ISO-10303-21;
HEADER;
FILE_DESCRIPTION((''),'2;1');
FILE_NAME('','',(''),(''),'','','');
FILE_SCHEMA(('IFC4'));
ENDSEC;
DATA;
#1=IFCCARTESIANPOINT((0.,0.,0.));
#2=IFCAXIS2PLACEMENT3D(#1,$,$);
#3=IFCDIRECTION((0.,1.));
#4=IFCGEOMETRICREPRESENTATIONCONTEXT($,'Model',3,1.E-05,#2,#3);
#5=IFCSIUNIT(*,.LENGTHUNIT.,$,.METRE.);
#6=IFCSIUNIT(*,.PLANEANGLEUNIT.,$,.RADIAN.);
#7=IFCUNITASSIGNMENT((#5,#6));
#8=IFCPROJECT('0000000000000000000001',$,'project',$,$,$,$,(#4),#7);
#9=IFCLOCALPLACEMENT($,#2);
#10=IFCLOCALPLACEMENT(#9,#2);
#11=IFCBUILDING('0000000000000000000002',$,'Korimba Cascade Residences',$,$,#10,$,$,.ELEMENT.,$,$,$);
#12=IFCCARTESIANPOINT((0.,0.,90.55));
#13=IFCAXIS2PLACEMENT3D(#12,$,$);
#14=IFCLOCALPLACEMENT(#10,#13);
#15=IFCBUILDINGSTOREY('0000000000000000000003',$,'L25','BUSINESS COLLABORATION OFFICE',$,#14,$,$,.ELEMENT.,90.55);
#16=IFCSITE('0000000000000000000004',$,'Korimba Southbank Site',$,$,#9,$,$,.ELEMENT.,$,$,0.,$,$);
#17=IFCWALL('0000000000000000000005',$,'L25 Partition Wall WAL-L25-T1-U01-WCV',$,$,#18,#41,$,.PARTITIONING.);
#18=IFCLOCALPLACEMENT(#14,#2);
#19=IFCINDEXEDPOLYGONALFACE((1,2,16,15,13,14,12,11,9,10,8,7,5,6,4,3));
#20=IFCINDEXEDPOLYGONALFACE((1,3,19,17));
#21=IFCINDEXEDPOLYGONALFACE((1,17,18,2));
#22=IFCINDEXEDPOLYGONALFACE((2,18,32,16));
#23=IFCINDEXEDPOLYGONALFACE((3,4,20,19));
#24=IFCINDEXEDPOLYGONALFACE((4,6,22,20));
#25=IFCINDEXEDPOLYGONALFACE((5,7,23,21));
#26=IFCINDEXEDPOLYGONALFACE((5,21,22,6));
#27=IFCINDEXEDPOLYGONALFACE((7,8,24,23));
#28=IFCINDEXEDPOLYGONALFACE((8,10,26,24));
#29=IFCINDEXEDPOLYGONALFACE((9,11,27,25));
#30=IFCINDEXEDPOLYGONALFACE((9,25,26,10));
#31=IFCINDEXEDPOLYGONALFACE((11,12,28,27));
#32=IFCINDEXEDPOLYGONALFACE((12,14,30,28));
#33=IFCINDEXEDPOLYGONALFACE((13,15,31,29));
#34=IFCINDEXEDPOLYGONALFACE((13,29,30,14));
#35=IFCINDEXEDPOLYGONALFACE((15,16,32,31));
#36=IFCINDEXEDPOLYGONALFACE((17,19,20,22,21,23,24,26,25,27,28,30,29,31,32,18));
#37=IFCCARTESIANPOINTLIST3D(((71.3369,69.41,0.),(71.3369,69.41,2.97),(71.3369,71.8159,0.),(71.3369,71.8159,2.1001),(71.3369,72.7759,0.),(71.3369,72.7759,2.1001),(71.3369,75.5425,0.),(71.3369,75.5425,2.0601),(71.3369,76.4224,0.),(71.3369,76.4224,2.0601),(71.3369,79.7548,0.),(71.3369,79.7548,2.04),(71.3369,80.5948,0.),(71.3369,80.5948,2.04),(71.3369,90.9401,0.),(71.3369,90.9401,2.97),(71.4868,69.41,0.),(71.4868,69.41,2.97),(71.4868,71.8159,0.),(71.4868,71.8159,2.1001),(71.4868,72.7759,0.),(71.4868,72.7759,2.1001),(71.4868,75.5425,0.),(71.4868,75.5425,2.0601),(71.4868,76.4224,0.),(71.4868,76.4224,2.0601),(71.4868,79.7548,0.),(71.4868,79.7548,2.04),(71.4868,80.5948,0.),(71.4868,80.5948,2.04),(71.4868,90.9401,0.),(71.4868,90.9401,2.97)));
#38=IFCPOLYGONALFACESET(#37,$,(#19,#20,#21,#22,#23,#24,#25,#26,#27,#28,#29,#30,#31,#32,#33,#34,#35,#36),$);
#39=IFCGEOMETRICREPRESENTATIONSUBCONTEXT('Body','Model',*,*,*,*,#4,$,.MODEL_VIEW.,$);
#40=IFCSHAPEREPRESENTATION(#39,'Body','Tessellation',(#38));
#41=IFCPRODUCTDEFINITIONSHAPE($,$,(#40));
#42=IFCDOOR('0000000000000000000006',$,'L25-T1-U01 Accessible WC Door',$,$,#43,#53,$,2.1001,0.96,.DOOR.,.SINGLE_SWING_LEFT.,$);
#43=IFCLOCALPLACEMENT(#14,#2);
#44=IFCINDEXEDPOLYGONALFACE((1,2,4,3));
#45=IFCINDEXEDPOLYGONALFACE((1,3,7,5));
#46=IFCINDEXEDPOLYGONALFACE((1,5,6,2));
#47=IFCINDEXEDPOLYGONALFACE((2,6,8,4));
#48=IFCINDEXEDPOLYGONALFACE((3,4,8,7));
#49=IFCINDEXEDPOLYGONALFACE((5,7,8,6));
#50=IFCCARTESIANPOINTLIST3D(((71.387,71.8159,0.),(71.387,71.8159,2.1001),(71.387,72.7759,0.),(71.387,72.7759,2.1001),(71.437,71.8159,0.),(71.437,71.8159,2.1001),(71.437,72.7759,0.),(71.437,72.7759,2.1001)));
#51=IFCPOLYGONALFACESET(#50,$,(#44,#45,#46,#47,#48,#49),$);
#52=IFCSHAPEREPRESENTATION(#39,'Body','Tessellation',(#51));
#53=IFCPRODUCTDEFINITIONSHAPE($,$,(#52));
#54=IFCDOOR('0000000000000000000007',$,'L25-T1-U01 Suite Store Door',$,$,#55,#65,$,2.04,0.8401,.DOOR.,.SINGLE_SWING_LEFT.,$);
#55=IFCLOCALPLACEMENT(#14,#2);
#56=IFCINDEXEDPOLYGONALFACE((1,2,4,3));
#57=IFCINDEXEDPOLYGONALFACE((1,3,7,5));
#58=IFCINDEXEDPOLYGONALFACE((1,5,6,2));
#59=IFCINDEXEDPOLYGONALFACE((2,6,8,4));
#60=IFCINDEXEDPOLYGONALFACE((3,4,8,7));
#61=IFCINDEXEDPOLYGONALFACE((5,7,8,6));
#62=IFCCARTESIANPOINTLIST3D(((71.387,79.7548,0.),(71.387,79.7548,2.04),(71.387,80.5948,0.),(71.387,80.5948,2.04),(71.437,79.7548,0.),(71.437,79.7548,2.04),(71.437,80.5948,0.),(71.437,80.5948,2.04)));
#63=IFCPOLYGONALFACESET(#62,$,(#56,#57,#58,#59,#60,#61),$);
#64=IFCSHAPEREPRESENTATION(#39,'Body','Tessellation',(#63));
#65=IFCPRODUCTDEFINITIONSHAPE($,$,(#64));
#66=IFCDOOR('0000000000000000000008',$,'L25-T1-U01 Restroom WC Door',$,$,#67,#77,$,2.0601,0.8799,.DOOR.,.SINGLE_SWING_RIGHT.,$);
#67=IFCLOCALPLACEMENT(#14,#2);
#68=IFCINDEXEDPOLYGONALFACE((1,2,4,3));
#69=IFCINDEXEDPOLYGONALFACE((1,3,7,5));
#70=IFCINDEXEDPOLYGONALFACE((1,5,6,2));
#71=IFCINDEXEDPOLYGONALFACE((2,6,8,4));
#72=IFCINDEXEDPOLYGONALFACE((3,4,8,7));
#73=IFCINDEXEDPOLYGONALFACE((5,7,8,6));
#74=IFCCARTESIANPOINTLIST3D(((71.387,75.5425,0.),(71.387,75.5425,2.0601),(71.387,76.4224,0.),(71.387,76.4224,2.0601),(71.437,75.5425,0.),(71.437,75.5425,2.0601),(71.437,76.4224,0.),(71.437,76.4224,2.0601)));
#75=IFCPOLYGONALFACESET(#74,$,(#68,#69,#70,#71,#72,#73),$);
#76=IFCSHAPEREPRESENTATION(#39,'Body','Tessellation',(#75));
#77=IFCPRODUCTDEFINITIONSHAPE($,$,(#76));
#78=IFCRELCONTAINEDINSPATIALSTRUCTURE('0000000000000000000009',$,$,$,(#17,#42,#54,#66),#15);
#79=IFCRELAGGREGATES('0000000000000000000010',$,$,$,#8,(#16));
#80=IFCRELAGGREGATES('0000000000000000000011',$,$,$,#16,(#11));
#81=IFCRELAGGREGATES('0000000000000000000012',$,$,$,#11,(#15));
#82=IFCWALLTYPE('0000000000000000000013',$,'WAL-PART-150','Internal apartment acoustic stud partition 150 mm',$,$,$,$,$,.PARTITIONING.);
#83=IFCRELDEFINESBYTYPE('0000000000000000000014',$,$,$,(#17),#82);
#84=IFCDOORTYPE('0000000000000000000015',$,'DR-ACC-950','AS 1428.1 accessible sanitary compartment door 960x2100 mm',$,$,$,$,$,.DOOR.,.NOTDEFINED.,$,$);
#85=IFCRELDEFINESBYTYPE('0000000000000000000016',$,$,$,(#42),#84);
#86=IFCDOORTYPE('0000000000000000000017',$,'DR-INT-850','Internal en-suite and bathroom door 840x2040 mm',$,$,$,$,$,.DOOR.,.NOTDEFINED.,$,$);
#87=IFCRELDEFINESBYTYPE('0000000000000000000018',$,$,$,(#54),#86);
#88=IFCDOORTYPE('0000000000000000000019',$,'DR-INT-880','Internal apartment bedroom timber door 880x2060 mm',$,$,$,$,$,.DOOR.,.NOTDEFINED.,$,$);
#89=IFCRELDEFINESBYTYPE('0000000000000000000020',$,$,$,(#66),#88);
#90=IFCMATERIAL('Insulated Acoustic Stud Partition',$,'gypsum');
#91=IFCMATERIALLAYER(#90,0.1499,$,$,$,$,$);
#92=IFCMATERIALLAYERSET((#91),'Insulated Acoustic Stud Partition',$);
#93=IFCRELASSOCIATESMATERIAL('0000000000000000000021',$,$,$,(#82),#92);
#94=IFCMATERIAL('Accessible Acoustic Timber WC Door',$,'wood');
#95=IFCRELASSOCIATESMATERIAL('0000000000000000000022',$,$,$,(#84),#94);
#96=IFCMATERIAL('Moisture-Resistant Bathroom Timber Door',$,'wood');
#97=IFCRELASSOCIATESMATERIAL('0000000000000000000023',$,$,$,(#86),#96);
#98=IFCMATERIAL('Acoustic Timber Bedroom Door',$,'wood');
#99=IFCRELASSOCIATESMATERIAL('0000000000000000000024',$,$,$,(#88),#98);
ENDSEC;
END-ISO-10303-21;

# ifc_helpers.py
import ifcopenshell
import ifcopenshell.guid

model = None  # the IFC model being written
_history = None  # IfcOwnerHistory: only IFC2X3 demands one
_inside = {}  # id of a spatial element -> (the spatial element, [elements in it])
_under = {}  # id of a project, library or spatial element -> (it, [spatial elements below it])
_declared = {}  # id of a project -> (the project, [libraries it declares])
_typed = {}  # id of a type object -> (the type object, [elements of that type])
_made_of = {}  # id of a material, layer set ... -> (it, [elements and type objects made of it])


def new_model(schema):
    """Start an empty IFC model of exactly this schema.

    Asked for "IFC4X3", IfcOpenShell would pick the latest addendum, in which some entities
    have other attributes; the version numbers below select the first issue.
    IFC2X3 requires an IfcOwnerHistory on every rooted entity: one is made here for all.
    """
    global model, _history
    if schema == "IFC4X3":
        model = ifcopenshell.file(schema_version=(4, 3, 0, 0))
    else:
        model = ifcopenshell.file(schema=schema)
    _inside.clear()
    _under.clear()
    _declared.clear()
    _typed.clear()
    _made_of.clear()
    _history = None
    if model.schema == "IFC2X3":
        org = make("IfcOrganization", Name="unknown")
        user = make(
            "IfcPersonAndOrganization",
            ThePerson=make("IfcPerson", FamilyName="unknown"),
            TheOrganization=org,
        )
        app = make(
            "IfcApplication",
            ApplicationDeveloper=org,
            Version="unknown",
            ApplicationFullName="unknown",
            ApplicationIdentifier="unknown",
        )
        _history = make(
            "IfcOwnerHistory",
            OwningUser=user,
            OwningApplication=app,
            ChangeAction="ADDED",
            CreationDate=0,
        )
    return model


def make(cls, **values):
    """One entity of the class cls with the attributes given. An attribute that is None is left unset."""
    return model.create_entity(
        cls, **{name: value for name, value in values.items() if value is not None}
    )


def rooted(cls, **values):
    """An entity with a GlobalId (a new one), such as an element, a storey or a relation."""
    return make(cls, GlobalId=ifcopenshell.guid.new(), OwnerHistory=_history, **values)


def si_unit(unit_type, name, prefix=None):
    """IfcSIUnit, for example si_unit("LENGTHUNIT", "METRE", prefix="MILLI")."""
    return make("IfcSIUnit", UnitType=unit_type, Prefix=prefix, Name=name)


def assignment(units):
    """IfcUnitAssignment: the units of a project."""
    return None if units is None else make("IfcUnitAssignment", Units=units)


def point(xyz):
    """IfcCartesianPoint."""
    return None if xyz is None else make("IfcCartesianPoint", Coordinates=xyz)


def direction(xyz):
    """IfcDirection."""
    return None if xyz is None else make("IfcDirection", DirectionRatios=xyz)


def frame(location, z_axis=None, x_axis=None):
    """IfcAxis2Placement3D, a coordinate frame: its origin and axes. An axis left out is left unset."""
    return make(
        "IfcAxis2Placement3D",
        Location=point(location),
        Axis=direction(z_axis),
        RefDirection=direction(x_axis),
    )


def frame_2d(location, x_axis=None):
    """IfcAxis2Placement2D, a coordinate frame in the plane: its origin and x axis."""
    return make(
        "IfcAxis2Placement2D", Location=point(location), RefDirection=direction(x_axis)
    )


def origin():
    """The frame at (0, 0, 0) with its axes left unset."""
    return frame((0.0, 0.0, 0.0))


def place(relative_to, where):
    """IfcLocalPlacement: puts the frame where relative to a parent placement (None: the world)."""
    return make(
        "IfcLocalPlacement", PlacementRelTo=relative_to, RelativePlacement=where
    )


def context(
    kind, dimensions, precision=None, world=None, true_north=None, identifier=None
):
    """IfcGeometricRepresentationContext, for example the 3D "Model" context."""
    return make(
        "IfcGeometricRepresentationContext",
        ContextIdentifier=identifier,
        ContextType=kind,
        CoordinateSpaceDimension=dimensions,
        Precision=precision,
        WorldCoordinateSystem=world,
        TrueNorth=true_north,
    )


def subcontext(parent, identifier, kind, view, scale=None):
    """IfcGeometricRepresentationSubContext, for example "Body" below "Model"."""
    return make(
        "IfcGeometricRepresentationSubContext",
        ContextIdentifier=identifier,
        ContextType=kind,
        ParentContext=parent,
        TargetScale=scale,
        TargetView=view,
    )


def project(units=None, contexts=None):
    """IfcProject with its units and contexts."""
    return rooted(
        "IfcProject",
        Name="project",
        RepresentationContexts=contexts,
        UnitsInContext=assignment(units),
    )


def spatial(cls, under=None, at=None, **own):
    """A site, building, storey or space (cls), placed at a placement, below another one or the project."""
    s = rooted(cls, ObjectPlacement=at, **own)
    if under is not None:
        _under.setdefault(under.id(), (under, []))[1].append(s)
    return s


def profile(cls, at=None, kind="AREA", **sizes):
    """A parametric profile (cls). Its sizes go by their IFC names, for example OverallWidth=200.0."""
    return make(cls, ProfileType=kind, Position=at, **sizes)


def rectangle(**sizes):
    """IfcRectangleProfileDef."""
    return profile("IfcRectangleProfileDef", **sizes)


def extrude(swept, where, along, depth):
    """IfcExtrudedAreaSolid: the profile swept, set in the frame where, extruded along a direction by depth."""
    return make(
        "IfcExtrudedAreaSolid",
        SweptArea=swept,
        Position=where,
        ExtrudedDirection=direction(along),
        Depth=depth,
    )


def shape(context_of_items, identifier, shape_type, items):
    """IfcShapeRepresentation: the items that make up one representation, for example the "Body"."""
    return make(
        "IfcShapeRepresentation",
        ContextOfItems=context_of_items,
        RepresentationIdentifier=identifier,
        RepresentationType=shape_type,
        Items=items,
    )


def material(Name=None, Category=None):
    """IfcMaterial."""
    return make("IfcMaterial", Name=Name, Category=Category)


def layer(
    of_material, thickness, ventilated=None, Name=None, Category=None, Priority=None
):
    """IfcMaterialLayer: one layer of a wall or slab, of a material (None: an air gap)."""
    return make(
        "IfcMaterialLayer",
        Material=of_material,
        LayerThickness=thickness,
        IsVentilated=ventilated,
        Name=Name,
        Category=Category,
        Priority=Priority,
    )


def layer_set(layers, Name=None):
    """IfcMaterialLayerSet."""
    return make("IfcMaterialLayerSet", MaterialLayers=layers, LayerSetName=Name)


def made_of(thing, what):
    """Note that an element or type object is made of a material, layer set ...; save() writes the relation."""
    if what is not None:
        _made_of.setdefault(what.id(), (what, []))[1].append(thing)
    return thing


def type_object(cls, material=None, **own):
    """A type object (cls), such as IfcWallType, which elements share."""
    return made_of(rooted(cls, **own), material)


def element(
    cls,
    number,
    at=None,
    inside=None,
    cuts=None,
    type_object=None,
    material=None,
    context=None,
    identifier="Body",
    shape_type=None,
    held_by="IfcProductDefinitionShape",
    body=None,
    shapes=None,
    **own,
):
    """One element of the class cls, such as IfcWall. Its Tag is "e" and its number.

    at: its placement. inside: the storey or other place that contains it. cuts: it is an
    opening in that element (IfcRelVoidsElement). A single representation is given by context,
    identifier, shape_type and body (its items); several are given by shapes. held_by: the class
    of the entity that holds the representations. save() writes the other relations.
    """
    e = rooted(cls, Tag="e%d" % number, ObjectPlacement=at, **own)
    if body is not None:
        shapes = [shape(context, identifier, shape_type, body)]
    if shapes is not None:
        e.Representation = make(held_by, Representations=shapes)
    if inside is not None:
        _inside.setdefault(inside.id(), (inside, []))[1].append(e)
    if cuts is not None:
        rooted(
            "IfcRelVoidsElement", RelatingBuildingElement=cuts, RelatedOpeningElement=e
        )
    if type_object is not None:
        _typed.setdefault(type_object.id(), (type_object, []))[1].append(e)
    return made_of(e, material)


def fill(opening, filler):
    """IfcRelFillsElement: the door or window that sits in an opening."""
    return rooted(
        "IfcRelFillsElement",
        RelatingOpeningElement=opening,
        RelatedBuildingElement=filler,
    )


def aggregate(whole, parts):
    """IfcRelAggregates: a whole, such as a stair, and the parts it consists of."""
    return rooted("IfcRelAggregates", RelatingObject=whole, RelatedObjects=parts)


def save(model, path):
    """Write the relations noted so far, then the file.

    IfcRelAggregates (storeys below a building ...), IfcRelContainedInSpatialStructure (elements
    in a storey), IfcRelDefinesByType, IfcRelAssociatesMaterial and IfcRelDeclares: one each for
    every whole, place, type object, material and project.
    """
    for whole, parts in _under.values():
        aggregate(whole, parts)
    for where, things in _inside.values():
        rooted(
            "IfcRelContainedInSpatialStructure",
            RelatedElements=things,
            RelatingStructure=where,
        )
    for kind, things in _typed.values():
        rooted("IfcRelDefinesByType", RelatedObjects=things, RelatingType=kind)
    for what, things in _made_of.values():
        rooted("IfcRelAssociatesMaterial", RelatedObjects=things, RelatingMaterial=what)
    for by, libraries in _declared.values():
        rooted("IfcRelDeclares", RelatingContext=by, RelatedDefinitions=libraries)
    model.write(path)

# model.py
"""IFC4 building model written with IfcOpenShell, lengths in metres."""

from ifc_helpers import new_model, si_unit, direction, frame, frame_2d, origin, place, context, subcontext, project, spatial, rectangle, extrude, material, layer, layer_set, type_object, element, fill, save


model = new_model("IFC4")

# Units and contexts
model_context = context("Model", 3, precision=1e-05, world=origin(), true_north=direction((0.0, 1.0)))
body_context = subcontext(model_context, "Body", "Model", "MODEL_VIEW")
ifc_project = project(units=[si_unit("LENGTHUNIT", "METRE"), si_unit("PLANEANGLEUNIT", "RADIAN")], contexts=[model_context])

# Site, building, storey
site_placement = place(None, origin())
site = spatial("IfcSite", under=ifc_project, at=site_placement, Name="Korimba Southbank Site", CompositionType="ELEMENT", RefElevation=0.0)
building_placement = place(site_placement, origin())
building = spatial("IfcBuilding", under=site, at=building_placement, Name="Korimba Cascade Residences", CompositionType="ELEMENT")
storey_placement = place(building_placement, frame((0.0, 0.0, 90.55)))
storey = spatial("IfcBuildingStorey", under=building, at=storey_placement, Name="L25", Description="BUSINESS COLLABORATION OFFICE", CompositionType="ELEMENT", Elevation=90.55)

# Shared definitions
ifc_material_1 = material(Name="Insulated Acoustic Stud Partition", Category="gypsum")
ifc_layer_1 = layer(ifc_material_1, 0.1499)
ifc_layer_set_1 = layer_set([ifc_layer_1], Name="Insulated Acoustic Stud Partition")
wall_type_1 = type_object("IfcWallType", Name="WAL-PART-150", Description="Internal apartment acoustic stud partition 150 mm", PredefinedType="PARTITIONING", material=ifc_layer_set_1)

# Wall, openings, doors
wall_1_placement = place(storey_placement, frame((71.4119, 69.4099, 0.0), z_axis=(0.0, 0.0, 1.0), x_axis=(0.0, 1.0, 0.0)))
wall_1 = element("IfcWall", 1, at=wall_1_placement, inside=storey, type_object=wall_type_1, Name="L25 Partition Wall WAL-L25-T1-U01-WCV", PredefinedType="PARTITIONING", context=body_context, shape_type="SweptSolid", body=[
    extrude(rectangle(XDim=21.53, YDim=0.1499, at=frame_2d((10.7651, 0.0))), origin(), (0.0, 0.0, 1.0), 2.97),
])
opening_1_placement = place(wall_1_placement, frame((2.406, 0.0, 0.0)))
opening_1 = element("IfcOpeningElement", 2, at=opening_1_placement, cuts=wall_1, PredefinedType="OPENING", context=body_context, shape_type="SweptSolid", body=[
    extrude(rectangle(XDim=0.96, YDim=2.1001, at=frame_2d((0.48, 1.05))), frame((0.0, 0.085, 0.0), z_axis=(0.0, -1.0, 0.0), x_axis=(1.0, 0.0, 0.0)), (0.0, 0.0, 1.0), 0.1699),
])
opening_2_placement = place(wall_1_placement, frame((6.1326, 0.0, 0.0)))
opening_2 = element("IfcOpeningElement", 3, at=opening_2_placement, cuts=wall_1, PredefinedType="OPENING", context=body_context, shape_type="SweptSolid", body=[
    extrude(rectangle(XDim=0.8799, YDim=2.0601, at=frame_2d((0.4399, 1.03))), frame((0.0, 0.085, 0.0), z_axis=(0.0, -1.0, 0.0), x_axis=(1.0, 0.0, 0.0)), (0.0, 0.0, 1.0), 0.1699),
])
opening_3_placement = place(wall_1_placement, frame((10.345, 0.0, 0.0)))
opening_3 = element("IfcOpeningElement", 4, at=opening_3_placement, cuts=wall_1, PredefinedType="OPENING", context=body_context, shape_type="SweptSolid", body=[
    extrude(rectangle(XDim=0.8401, YDim=2.04, at=frame_2d((0.4199, 1.02))), frame((0.0, 0.085, 0.0), z_axis=(0.0, -1.0, 0.0), x_axis=(1.0, 0.0, 0.0)), (0.0, 0.0, 1.0), 0.1699),
])
ifc_material_2 = material(Name="Accessible Acoustic Timber WC Door", Category="wood")
door_type_1 = type_object("IfcDoorType", Name="DR-ACC-950", Description="AS 1428.1 accessible sanitary compartment door 960x2100 mm", OperationType="NOTDEFINED", PredefinedType="DOOR", material=ifc_material_2)
door_1_placement = place(opening_1_placement, origin())
door_1 = element("IfcDoor", 5, at=door_1_placement, inside=storey, type_object=door_type_1, Name="L25-T1-U01 Accessible WC Door", OperationType="SINGLE_SWING_LEFT", OverallHeight=2.1001, OverallWidth=0.96, PredefinedType="DOOR", context=body_context, shape_type="SweptSolid", body=[
    extrude(rectangle(XDim=0.96, YDim=2.1001, at=frame_2d((0.48, 1.05))), frame((0.0, 0.0249, 0.0), z_axis=(0.0, -1.0, 0.0), x_axis=(1.0, 0.0, 0.0)), (0.0, 0.0, 1.0), 0.05),
])
fill(opening_1, door_1)
ifc_material_3 = material(Name="Moisture-Resistant Bathroom Timber Door", Category="wood")
door_type_2 = type_object("IfcDoorType", Name="DR-INT-850", Description="Internal en-suite and bathroom door 840x2040 mm", OperationType="NOTDEFINED", PredefinedType="DOOR", material=ifc_material_3)
door_2_placement = place(opening_3_placement, origin())
door_2 = element("IfcDoor", 6, at=door_2_placement, inside=storey, type_object=door_type_2, Name="L25-T1-U01 Suite Store Door", OperationType="SINGLE_SWING_LEFT", OverallHeight=2.04, OverallWidth=0.8401, PredefinedType="DOOR", context=body_context, shape_type="SweptSolid", body=[
    extrude(rectangle(XDim=0.8401, YDim=2.04, at=frame_2d((0.4199, 1.02))), frame((0.0, 0.0249, 0.0), z_axis=(0.0, -1.0, 0.0), x_axis=(1.0, 0.0, 0.0)), (0.0, 0.0, 1.0), 0.05),
])
fill(opening_3, door_2)
ifc_material_4 = material(Name="Acoustic Timber Bedroom Door", Category="wood")
door_type_3 = type_object("IfcDoorType", Name="DR-INT-880", Description="Internal apartment bedroom timber door 880x2060 mm", OperationType="NOTDEFINED", PredefinedType="DOOR", material=ifc_material_4)
door_3_placement = place(opening_2_placement, origin())
door_3 = element("IfcDoor", 7, at=door_3_placement, inside=storey, type_object=door_type_3, Name="L25-T1-U01 Restroom WC Door", OperationType="SINGLE_SWING_RIGHT", OverallHeight=2.0601, OverallWidth=0.8799, PredefinedType="DOOR", context=body_context, shape_type="SweptSolid", body=[
    extrude(rectangle(XDim=0.8799, YDim=2.0601, at=frame_2d((0.4399, 1.03))), frame((0.0, 0.0249, 0.0), z_axis=(0.0, -1.0, 0.0), x_axis=(1.0, 0.0, 0.0)), (0.0, 0.0, 1.0), 0.05),
])
fill(opening_2, door_3)

save(model, "model.ifc")
